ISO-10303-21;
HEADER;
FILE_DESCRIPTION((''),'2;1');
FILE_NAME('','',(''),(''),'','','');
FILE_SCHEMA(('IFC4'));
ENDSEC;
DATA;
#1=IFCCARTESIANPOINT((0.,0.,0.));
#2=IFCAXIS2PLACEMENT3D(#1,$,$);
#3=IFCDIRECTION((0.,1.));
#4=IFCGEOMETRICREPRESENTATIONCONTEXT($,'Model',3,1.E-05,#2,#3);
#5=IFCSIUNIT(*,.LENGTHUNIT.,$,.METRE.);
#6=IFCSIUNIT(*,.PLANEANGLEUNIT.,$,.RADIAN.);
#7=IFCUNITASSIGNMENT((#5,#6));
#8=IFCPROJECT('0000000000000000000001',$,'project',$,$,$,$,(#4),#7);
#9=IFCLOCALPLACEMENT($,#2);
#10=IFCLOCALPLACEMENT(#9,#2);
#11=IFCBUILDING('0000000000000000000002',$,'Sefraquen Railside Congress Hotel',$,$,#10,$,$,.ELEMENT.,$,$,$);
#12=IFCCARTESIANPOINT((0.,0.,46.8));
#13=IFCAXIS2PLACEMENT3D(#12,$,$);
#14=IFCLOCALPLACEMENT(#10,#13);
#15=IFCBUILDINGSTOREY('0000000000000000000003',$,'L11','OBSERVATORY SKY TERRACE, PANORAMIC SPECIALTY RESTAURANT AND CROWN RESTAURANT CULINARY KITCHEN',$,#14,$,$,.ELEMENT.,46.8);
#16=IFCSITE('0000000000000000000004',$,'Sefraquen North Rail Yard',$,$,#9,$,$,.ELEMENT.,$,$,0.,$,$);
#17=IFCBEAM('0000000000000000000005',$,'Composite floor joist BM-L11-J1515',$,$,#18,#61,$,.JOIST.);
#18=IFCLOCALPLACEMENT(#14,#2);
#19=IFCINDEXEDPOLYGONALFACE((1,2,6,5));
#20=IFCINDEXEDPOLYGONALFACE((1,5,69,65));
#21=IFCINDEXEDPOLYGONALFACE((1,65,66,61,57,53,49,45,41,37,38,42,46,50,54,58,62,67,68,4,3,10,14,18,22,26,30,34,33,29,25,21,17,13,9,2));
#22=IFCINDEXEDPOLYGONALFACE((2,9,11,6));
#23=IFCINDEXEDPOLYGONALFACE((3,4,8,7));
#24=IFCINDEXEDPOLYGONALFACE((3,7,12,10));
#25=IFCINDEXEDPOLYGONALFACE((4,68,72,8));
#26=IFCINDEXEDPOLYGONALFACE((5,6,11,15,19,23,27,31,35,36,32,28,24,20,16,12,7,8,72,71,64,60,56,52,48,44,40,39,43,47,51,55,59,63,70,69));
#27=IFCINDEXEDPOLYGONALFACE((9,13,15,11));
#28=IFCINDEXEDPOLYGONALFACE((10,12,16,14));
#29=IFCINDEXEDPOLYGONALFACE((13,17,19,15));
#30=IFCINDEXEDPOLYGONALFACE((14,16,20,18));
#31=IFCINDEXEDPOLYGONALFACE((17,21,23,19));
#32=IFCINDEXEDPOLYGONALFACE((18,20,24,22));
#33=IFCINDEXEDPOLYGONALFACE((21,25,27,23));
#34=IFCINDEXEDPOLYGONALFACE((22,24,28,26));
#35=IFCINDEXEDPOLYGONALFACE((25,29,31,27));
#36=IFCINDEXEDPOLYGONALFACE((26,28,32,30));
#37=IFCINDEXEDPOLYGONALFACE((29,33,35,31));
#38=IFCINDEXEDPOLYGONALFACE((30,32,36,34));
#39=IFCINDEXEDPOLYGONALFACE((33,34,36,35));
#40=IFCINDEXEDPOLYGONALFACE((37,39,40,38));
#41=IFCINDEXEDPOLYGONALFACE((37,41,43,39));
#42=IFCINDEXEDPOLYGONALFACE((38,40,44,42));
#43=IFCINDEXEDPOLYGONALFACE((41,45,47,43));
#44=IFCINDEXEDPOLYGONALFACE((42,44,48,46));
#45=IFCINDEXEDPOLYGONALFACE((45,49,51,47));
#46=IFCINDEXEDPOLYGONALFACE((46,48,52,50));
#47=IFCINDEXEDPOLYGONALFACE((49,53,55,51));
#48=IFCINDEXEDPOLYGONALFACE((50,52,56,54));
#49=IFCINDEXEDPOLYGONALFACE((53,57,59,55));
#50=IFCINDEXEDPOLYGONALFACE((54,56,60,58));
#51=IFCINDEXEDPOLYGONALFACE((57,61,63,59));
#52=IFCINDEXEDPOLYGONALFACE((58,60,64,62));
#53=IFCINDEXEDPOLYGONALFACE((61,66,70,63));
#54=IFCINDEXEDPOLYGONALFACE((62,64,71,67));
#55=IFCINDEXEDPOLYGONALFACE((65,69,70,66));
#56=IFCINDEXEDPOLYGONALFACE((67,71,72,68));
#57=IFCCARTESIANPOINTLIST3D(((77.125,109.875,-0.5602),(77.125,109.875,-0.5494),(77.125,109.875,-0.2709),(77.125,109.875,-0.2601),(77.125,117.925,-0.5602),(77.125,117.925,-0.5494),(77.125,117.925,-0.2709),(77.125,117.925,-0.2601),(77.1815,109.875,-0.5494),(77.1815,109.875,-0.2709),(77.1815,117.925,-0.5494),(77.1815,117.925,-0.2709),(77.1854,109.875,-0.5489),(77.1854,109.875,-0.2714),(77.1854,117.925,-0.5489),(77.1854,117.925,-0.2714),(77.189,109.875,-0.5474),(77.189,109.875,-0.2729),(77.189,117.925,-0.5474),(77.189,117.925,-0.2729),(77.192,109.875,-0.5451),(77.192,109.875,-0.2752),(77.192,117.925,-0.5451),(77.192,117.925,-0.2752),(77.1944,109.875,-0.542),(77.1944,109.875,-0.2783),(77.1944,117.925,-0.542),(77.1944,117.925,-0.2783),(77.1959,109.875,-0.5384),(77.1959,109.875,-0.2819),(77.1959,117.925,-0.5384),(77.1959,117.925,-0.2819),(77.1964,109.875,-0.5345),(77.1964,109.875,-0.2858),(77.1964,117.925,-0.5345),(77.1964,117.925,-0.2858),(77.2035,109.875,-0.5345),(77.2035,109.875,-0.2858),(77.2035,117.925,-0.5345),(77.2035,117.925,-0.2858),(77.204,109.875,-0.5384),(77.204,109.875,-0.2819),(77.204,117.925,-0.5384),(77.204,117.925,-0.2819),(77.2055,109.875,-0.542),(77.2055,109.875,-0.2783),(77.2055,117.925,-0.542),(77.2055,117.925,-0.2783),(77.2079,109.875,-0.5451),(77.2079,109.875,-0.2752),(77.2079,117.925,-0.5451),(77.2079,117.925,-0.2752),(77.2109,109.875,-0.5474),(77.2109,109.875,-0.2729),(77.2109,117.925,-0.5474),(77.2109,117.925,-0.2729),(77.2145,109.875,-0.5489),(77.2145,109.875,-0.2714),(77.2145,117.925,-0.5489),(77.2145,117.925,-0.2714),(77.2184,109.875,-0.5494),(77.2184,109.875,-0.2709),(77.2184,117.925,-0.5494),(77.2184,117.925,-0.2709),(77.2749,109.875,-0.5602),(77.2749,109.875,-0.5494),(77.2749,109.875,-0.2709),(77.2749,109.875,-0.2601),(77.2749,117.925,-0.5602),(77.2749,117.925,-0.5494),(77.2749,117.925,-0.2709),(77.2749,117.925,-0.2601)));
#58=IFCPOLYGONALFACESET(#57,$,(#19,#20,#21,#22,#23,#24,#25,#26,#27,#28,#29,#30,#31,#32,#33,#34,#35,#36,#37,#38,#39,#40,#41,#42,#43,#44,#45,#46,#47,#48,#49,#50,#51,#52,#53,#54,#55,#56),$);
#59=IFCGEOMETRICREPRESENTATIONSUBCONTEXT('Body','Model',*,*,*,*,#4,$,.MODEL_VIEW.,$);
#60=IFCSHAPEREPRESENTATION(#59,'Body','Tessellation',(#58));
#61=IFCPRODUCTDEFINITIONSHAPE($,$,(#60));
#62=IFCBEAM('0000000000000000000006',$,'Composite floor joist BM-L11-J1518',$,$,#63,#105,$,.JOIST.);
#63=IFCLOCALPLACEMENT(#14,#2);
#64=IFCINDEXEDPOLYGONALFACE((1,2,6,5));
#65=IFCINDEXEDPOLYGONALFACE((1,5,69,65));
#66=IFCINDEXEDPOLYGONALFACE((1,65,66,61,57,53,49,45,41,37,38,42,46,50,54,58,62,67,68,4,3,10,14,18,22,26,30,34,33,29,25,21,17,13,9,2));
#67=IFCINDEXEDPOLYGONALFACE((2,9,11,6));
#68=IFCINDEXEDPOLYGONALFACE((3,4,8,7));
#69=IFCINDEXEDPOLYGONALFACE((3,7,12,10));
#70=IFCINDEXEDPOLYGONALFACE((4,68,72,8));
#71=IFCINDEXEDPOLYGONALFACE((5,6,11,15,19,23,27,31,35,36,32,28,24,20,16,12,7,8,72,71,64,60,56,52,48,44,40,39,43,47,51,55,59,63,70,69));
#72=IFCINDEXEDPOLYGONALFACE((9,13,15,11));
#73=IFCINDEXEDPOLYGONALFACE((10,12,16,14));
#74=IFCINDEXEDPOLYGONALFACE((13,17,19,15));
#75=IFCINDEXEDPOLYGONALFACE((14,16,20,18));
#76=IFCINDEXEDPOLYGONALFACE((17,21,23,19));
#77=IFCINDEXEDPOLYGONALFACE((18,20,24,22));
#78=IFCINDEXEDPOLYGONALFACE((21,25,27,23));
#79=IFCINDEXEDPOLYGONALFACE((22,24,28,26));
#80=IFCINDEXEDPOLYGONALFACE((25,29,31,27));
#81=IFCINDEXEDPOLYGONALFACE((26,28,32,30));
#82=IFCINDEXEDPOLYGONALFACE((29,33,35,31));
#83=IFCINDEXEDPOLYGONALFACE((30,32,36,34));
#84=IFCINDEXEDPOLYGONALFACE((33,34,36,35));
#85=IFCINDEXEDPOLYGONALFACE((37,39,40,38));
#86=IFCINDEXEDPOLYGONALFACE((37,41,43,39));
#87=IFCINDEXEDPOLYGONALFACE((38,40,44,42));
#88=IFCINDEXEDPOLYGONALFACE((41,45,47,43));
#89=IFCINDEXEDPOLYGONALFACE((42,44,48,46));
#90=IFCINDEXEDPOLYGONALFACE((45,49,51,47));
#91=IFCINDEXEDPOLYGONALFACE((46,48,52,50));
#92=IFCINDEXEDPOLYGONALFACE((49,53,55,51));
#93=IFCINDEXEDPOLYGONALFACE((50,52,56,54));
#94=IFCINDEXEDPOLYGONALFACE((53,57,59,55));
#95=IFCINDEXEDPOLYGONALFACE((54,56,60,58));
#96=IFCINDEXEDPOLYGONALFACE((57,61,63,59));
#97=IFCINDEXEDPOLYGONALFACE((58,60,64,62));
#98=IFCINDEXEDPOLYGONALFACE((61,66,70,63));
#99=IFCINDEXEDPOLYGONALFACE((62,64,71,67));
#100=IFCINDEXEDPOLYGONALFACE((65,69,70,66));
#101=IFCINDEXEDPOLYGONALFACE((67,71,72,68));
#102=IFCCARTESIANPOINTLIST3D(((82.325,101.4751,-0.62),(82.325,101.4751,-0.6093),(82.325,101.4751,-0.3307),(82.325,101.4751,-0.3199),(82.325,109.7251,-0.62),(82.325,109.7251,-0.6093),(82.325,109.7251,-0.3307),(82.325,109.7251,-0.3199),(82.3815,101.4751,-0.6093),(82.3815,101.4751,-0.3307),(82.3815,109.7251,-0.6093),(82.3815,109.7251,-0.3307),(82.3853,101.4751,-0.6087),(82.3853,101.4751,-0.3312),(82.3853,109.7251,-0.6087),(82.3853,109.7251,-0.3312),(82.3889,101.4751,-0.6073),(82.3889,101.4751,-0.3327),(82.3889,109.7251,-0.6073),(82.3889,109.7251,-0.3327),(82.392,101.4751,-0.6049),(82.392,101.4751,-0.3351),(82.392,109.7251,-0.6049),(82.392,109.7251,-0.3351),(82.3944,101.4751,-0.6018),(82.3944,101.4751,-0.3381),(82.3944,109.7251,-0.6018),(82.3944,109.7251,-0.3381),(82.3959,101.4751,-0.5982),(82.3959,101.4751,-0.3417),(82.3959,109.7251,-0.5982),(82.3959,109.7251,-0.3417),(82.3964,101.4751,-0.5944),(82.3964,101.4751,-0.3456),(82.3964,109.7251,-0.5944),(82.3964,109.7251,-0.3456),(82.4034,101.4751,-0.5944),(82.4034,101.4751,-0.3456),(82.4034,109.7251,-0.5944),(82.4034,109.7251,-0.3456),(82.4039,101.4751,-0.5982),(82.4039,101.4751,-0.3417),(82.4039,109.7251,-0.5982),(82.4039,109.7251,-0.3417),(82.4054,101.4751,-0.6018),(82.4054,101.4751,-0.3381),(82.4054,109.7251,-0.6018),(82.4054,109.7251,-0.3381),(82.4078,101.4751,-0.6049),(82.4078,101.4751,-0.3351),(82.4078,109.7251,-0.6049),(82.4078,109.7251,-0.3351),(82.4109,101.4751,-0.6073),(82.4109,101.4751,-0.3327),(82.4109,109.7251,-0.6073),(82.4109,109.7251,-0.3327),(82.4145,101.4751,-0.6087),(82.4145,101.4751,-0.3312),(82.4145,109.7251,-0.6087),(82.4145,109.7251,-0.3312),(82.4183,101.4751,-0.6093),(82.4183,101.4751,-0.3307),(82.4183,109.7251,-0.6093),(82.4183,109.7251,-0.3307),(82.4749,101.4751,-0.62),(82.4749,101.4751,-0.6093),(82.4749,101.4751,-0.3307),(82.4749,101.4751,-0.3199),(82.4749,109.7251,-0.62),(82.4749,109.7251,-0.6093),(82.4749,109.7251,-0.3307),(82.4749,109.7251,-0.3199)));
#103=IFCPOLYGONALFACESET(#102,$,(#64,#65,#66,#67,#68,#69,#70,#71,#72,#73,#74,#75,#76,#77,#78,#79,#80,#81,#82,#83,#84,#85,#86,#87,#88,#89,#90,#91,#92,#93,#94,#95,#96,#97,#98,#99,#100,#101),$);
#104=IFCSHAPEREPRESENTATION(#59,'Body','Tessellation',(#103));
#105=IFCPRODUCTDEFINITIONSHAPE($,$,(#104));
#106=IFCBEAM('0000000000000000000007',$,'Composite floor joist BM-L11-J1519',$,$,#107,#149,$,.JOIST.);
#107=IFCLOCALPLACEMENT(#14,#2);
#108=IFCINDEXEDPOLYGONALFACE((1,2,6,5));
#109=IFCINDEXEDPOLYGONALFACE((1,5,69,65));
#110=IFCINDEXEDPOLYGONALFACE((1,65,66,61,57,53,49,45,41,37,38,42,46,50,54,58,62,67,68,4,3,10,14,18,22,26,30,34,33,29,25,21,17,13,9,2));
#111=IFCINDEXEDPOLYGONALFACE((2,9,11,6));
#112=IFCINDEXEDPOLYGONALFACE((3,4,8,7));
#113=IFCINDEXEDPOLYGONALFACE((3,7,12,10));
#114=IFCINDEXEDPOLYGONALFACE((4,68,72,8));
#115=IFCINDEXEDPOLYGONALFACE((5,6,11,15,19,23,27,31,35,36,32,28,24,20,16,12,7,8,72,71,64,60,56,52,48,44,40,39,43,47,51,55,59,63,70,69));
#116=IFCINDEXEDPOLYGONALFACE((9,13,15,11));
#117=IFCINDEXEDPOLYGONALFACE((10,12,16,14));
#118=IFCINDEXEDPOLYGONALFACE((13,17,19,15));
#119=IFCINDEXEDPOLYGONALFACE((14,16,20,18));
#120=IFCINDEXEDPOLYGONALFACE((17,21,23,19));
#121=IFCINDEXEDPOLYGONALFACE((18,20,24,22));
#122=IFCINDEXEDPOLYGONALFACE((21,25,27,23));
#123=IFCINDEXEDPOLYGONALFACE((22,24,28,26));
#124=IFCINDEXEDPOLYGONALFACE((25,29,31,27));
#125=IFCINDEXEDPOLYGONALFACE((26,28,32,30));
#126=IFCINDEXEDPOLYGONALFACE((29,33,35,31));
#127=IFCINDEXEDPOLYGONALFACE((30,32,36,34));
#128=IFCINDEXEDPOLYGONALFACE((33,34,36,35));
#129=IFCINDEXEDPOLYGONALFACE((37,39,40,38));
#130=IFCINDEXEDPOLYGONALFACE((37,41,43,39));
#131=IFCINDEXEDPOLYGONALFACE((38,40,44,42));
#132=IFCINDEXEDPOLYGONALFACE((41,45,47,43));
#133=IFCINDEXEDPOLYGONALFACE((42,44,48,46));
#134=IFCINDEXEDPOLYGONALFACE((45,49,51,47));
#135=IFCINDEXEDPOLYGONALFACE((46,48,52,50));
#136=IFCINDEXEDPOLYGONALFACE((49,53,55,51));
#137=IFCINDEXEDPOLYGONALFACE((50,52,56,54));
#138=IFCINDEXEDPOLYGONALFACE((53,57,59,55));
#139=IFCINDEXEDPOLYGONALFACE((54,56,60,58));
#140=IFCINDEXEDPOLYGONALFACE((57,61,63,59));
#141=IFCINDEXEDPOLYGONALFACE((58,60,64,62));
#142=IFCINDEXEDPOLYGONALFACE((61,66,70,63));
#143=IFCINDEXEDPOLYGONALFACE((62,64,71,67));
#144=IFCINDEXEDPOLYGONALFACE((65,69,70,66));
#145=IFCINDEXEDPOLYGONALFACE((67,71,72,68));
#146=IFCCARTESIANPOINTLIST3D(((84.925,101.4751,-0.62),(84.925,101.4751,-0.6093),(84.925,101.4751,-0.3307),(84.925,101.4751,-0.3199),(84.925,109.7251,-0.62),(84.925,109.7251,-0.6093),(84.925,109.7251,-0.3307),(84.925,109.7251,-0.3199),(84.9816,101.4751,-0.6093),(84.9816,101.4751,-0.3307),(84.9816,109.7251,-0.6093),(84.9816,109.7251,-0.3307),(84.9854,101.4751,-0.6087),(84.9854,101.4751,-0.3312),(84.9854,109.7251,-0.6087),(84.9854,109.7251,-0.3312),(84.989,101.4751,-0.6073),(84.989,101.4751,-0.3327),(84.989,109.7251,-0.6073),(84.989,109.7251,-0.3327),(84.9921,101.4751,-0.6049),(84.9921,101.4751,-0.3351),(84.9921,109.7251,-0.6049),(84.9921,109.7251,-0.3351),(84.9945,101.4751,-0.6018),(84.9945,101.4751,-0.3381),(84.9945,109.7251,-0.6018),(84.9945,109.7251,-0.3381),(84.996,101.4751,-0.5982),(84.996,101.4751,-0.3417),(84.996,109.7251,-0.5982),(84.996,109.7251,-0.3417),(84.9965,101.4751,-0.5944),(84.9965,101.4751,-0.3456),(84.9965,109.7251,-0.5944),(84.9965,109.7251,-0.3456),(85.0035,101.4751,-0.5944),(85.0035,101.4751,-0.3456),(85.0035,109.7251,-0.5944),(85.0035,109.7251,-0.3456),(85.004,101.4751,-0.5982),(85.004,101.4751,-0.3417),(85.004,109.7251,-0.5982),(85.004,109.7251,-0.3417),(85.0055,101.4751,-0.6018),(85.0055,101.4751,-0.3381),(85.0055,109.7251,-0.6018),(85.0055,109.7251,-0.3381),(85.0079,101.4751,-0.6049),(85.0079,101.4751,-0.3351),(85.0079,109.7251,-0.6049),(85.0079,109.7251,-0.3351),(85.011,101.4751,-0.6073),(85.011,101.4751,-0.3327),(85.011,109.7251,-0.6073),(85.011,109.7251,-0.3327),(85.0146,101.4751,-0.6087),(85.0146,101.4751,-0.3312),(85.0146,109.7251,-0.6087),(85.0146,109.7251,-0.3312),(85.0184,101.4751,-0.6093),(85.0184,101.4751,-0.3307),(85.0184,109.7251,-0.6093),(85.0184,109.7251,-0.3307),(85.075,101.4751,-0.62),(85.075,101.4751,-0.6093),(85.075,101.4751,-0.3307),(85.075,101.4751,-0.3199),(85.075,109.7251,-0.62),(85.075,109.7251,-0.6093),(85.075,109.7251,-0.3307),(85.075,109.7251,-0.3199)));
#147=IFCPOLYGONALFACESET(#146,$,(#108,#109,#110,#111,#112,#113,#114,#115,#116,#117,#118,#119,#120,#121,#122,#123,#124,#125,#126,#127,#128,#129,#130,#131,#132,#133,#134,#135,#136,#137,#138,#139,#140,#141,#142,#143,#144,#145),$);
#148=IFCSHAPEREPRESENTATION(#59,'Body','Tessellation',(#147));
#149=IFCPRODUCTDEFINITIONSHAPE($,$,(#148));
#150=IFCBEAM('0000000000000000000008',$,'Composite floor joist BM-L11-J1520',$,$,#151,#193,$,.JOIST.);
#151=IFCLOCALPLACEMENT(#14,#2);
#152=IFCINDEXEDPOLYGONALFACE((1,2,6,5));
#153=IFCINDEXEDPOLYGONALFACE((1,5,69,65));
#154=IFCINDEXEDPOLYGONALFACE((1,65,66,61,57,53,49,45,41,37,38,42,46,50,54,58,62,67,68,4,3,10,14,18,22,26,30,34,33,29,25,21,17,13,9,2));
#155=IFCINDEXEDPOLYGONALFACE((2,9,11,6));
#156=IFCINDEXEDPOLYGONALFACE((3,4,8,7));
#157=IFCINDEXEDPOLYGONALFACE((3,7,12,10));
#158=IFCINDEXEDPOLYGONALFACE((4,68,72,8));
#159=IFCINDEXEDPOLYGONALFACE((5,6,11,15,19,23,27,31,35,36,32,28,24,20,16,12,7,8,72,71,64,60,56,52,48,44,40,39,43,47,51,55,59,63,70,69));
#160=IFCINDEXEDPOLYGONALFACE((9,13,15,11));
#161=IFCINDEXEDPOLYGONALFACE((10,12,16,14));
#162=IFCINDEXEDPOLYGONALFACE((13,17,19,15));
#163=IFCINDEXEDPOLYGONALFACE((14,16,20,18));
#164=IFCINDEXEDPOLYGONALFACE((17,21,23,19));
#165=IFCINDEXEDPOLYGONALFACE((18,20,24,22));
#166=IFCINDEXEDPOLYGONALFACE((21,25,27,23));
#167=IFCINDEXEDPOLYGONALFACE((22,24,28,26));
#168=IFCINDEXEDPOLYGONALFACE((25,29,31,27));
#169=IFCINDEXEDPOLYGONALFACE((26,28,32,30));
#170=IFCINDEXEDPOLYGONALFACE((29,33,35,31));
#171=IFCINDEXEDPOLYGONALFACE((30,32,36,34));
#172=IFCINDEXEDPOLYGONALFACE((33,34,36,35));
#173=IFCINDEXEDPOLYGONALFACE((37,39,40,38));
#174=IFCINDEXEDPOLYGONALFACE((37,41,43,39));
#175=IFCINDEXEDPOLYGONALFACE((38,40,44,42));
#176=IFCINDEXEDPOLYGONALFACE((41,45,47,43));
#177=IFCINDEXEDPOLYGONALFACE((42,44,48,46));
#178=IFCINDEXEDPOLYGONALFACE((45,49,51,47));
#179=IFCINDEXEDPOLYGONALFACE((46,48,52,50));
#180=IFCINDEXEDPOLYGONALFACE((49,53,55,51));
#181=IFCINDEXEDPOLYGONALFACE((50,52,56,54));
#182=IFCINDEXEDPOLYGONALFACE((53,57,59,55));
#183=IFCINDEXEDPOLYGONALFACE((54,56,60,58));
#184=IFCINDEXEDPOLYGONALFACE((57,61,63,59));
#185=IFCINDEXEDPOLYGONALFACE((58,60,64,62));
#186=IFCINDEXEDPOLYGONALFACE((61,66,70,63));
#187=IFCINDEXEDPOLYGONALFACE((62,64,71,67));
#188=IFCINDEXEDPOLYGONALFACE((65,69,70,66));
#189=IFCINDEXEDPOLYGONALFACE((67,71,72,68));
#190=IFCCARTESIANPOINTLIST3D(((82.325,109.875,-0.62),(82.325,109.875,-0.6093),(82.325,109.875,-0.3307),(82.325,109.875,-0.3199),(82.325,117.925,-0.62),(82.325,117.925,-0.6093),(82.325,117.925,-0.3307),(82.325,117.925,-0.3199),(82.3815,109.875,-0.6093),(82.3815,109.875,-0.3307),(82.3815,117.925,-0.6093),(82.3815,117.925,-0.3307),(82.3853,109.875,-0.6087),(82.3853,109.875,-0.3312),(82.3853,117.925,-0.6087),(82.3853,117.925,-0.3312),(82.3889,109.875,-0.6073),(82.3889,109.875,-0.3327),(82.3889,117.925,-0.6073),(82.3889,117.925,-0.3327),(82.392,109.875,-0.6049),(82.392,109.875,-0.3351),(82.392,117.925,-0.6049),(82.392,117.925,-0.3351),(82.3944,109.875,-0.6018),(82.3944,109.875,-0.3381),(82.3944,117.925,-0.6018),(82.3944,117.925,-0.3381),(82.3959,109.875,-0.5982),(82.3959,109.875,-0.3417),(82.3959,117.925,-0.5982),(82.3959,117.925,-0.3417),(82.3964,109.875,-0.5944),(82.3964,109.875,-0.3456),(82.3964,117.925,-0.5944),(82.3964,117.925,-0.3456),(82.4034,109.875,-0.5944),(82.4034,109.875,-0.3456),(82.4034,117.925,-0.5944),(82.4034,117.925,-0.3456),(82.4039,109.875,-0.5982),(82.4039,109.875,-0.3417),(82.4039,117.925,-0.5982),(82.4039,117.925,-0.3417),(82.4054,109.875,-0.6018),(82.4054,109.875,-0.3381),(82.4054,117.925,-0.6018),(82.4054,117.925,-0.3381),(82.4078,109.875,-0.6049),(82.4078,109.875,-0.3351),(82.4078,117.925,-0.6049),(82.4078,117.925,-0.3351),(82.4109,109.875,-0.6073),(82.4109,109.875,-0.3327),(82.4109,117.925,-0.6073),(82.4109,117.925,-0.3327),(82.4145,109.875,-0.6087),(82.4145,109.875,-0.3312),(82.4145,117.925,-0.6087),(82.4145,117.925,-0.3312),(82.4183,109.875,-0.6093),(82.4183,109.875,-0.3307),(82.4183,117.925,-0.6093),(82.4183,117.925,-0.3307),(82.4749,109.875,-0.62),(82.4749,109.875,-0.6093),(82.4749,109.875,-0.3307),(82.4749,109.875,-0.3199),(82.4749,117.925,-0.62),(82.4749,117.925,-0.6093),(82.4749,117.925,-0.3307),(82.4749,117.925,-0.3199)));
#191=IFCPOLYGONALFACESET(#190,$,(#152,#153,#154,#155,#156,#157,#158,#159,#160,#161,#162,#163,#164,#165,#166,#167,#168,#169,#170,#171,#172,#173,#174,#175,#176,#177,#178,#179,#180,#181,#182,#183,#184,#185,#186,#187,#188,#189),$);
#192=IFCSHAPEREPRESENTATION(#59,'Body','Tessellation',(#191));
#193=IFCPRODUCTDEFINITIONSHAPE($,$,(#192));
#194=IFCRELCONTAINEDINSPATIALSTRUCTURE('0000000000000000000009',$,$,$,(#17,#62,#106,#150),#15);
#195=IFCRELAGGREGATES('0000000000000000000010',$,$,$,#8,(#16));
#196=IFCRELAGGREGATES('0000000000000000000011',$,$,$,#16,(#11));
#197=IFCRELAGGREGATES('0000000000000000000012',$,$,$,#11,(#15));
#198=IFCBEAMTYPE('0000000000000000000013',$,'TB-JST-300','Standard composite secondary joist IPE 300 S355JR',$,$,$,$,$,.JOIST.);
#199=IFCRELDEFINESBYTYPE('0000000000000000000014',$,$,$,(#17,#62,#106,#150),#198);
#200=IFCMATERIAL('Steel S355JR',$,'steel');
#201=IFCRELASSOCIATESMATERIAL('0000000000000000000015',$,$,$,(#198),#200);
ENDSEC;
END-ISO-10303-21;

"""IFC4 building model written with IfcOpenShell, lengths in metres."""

from ifc_helpers import new_model, si_unit, direction, frame, origin, origin_2d, place, context, subcontext, project, spatial, i_section, extrude, material, material_profile, profile_set, type_object, element, save


model = new_model("IFC4")

# Units and contexts
model_context = context("Model", 3, precision=1e-05, world=origin(), true_north=direction((0.0, 1.0)))
body_context = subcontext(model_context, "Body", "Model", "MODEL_VIEW")
ifc_project = project(units=[si_unit("LENGTHUNIT", "METRE"), si_unit("PLANEANGLEUNIT", "RADIAN")], contexts=[model_context])

# Site, building, storey
site_placement = place(None, origin())
site = spatial("IfcSite", under=ifc_project, at=site_placement, Name="Sefraquen North Rail Yard", CompositionType="ELEMENT", RefElevation=0.0)
building_placement = place(site_placement, origin())
building = spatial("IfcBuilding", under=site, at=building_placement, Name="Sefraquen Railside Congress Hotel", CompositionType="ELEMENT")
storey_placement = place(building_placement, frame((0.0, 0.0, 46.8)))
storey = spatial("IfcBuildingStorey", under=building, at=storey_placement, Name="L11", Description="OBSERVATORY SKY TERRACE, PANORAMIC SPECIALTY RESTAURANT AND CROWN RESTAURANT CULINARY KITCHEN", CompositionType="ELEMENT", Elevation=46.8)

# Shared definitions
ifc_material_1 = material(Name="Steel S355JR", Category="steel")

# Beams
ifc_material_profile_1 = material_profile(ifc_material_1, i_section(OverallWidth=0.1499, OverallDepth=0.3, WebThickness=0.0071, FlangeThickness=0.0107, FilletRadius=0.0149, at=origin_2d()), Name="IPE 300")
ifc_profile_set_1 = profile_set([ifc_material_profile_1], Name="Steel S355JR")
beam_type_1 = type_object("IfcBeamType", Name="TB-JST-300", Description="Standard composite secondary joist IPE 300 S355JR", PredefinedType="JOIST", material=ifc_profile_set_1)
for number, where, z_axis, x_axis, name in (
    (1, (77.2, 109.875, -0.4102), (0.0, 1.0, 0.0), (-1.0, 0.0, 0.0), "Composite floor joist BM-L11-J1515"),
):
    element("IfcBeam", number, at=place(storey_placement, frame(where, z_axis=z_axis, x_axis=x_axis)), inside=storey, type_object=beam_type_1, Name=name, PredefinedType="JOIST", context=body_context, shape_type="SweptSolid", body=[
        extrude(i_section(OverallWidth=0.1499, OverallDepth=0.3, WebThickness=0.0071, FlangeThickness=0.0107, FilletRadius=0.0149, at=origin_2d()), origin(), (0.0, 0.0, 1.0), 8.05),
    ])
for number, where, z_axis, x_axis, name in (
    (2, (82.3999, 101.4751, -0.47), (0.0, 1.0, 0.0), (-1.0, 0.0, 0.0), "Composite floor joist BM-L11-J1518"),
    (3, (85.0, 101.4751, -0.47), (0.0, 1.0, 0.0), (-1.0, 0.0, 0.0), "Composite floor joist BM-L11-J1519"),
):
    element("IfcBeam", number, at=place(storey_placement, frame(where, z_axis=z_axis, x_axis=x_axis)), inside=storey, type_object=beam_type_1, Name=name, PredefinedType="JOIST", context=body_context, shape_type="SweptSolid", body=[
        extrude(i_section(OverallWidth=0.1499, OverallDepth=0.3, WebThickness=0.0071, FlangeThickness=0.0107, FilletRadius=0.0149, at=origin_2d()), origin(), (0.0, 0.0, 1.0), 8.25),
    ])
for number, where, z_axis, x_axis, name in (
    (4, (82.3999, 109.875, -0.47), (0.0, 1.0, 0.0), (-1.0, 0.0, 0.0), "Composite floor joist BM-L11-J1520"),
):
    element("IfcBeam", number, at=place(storey_placement, frame(where, z_axis=z_axis, x_axis=x_axis)), inside=storey, type_object=beam_type_1, Name=name, PredefinedType="JOIST", context=body_context, shape_type="SweptSolid", body=[
        extrude(i_section(OverallWidth=0.1499, OverallDepth=0.3, WebThickness=0.0071, FlangeThickness=0.0107, FilletRadius=0.0149, at=origin_2d()), origin(), (0.0, 0.0, 1.0), 8.05),
    ])

save(model, "model.ifc")
